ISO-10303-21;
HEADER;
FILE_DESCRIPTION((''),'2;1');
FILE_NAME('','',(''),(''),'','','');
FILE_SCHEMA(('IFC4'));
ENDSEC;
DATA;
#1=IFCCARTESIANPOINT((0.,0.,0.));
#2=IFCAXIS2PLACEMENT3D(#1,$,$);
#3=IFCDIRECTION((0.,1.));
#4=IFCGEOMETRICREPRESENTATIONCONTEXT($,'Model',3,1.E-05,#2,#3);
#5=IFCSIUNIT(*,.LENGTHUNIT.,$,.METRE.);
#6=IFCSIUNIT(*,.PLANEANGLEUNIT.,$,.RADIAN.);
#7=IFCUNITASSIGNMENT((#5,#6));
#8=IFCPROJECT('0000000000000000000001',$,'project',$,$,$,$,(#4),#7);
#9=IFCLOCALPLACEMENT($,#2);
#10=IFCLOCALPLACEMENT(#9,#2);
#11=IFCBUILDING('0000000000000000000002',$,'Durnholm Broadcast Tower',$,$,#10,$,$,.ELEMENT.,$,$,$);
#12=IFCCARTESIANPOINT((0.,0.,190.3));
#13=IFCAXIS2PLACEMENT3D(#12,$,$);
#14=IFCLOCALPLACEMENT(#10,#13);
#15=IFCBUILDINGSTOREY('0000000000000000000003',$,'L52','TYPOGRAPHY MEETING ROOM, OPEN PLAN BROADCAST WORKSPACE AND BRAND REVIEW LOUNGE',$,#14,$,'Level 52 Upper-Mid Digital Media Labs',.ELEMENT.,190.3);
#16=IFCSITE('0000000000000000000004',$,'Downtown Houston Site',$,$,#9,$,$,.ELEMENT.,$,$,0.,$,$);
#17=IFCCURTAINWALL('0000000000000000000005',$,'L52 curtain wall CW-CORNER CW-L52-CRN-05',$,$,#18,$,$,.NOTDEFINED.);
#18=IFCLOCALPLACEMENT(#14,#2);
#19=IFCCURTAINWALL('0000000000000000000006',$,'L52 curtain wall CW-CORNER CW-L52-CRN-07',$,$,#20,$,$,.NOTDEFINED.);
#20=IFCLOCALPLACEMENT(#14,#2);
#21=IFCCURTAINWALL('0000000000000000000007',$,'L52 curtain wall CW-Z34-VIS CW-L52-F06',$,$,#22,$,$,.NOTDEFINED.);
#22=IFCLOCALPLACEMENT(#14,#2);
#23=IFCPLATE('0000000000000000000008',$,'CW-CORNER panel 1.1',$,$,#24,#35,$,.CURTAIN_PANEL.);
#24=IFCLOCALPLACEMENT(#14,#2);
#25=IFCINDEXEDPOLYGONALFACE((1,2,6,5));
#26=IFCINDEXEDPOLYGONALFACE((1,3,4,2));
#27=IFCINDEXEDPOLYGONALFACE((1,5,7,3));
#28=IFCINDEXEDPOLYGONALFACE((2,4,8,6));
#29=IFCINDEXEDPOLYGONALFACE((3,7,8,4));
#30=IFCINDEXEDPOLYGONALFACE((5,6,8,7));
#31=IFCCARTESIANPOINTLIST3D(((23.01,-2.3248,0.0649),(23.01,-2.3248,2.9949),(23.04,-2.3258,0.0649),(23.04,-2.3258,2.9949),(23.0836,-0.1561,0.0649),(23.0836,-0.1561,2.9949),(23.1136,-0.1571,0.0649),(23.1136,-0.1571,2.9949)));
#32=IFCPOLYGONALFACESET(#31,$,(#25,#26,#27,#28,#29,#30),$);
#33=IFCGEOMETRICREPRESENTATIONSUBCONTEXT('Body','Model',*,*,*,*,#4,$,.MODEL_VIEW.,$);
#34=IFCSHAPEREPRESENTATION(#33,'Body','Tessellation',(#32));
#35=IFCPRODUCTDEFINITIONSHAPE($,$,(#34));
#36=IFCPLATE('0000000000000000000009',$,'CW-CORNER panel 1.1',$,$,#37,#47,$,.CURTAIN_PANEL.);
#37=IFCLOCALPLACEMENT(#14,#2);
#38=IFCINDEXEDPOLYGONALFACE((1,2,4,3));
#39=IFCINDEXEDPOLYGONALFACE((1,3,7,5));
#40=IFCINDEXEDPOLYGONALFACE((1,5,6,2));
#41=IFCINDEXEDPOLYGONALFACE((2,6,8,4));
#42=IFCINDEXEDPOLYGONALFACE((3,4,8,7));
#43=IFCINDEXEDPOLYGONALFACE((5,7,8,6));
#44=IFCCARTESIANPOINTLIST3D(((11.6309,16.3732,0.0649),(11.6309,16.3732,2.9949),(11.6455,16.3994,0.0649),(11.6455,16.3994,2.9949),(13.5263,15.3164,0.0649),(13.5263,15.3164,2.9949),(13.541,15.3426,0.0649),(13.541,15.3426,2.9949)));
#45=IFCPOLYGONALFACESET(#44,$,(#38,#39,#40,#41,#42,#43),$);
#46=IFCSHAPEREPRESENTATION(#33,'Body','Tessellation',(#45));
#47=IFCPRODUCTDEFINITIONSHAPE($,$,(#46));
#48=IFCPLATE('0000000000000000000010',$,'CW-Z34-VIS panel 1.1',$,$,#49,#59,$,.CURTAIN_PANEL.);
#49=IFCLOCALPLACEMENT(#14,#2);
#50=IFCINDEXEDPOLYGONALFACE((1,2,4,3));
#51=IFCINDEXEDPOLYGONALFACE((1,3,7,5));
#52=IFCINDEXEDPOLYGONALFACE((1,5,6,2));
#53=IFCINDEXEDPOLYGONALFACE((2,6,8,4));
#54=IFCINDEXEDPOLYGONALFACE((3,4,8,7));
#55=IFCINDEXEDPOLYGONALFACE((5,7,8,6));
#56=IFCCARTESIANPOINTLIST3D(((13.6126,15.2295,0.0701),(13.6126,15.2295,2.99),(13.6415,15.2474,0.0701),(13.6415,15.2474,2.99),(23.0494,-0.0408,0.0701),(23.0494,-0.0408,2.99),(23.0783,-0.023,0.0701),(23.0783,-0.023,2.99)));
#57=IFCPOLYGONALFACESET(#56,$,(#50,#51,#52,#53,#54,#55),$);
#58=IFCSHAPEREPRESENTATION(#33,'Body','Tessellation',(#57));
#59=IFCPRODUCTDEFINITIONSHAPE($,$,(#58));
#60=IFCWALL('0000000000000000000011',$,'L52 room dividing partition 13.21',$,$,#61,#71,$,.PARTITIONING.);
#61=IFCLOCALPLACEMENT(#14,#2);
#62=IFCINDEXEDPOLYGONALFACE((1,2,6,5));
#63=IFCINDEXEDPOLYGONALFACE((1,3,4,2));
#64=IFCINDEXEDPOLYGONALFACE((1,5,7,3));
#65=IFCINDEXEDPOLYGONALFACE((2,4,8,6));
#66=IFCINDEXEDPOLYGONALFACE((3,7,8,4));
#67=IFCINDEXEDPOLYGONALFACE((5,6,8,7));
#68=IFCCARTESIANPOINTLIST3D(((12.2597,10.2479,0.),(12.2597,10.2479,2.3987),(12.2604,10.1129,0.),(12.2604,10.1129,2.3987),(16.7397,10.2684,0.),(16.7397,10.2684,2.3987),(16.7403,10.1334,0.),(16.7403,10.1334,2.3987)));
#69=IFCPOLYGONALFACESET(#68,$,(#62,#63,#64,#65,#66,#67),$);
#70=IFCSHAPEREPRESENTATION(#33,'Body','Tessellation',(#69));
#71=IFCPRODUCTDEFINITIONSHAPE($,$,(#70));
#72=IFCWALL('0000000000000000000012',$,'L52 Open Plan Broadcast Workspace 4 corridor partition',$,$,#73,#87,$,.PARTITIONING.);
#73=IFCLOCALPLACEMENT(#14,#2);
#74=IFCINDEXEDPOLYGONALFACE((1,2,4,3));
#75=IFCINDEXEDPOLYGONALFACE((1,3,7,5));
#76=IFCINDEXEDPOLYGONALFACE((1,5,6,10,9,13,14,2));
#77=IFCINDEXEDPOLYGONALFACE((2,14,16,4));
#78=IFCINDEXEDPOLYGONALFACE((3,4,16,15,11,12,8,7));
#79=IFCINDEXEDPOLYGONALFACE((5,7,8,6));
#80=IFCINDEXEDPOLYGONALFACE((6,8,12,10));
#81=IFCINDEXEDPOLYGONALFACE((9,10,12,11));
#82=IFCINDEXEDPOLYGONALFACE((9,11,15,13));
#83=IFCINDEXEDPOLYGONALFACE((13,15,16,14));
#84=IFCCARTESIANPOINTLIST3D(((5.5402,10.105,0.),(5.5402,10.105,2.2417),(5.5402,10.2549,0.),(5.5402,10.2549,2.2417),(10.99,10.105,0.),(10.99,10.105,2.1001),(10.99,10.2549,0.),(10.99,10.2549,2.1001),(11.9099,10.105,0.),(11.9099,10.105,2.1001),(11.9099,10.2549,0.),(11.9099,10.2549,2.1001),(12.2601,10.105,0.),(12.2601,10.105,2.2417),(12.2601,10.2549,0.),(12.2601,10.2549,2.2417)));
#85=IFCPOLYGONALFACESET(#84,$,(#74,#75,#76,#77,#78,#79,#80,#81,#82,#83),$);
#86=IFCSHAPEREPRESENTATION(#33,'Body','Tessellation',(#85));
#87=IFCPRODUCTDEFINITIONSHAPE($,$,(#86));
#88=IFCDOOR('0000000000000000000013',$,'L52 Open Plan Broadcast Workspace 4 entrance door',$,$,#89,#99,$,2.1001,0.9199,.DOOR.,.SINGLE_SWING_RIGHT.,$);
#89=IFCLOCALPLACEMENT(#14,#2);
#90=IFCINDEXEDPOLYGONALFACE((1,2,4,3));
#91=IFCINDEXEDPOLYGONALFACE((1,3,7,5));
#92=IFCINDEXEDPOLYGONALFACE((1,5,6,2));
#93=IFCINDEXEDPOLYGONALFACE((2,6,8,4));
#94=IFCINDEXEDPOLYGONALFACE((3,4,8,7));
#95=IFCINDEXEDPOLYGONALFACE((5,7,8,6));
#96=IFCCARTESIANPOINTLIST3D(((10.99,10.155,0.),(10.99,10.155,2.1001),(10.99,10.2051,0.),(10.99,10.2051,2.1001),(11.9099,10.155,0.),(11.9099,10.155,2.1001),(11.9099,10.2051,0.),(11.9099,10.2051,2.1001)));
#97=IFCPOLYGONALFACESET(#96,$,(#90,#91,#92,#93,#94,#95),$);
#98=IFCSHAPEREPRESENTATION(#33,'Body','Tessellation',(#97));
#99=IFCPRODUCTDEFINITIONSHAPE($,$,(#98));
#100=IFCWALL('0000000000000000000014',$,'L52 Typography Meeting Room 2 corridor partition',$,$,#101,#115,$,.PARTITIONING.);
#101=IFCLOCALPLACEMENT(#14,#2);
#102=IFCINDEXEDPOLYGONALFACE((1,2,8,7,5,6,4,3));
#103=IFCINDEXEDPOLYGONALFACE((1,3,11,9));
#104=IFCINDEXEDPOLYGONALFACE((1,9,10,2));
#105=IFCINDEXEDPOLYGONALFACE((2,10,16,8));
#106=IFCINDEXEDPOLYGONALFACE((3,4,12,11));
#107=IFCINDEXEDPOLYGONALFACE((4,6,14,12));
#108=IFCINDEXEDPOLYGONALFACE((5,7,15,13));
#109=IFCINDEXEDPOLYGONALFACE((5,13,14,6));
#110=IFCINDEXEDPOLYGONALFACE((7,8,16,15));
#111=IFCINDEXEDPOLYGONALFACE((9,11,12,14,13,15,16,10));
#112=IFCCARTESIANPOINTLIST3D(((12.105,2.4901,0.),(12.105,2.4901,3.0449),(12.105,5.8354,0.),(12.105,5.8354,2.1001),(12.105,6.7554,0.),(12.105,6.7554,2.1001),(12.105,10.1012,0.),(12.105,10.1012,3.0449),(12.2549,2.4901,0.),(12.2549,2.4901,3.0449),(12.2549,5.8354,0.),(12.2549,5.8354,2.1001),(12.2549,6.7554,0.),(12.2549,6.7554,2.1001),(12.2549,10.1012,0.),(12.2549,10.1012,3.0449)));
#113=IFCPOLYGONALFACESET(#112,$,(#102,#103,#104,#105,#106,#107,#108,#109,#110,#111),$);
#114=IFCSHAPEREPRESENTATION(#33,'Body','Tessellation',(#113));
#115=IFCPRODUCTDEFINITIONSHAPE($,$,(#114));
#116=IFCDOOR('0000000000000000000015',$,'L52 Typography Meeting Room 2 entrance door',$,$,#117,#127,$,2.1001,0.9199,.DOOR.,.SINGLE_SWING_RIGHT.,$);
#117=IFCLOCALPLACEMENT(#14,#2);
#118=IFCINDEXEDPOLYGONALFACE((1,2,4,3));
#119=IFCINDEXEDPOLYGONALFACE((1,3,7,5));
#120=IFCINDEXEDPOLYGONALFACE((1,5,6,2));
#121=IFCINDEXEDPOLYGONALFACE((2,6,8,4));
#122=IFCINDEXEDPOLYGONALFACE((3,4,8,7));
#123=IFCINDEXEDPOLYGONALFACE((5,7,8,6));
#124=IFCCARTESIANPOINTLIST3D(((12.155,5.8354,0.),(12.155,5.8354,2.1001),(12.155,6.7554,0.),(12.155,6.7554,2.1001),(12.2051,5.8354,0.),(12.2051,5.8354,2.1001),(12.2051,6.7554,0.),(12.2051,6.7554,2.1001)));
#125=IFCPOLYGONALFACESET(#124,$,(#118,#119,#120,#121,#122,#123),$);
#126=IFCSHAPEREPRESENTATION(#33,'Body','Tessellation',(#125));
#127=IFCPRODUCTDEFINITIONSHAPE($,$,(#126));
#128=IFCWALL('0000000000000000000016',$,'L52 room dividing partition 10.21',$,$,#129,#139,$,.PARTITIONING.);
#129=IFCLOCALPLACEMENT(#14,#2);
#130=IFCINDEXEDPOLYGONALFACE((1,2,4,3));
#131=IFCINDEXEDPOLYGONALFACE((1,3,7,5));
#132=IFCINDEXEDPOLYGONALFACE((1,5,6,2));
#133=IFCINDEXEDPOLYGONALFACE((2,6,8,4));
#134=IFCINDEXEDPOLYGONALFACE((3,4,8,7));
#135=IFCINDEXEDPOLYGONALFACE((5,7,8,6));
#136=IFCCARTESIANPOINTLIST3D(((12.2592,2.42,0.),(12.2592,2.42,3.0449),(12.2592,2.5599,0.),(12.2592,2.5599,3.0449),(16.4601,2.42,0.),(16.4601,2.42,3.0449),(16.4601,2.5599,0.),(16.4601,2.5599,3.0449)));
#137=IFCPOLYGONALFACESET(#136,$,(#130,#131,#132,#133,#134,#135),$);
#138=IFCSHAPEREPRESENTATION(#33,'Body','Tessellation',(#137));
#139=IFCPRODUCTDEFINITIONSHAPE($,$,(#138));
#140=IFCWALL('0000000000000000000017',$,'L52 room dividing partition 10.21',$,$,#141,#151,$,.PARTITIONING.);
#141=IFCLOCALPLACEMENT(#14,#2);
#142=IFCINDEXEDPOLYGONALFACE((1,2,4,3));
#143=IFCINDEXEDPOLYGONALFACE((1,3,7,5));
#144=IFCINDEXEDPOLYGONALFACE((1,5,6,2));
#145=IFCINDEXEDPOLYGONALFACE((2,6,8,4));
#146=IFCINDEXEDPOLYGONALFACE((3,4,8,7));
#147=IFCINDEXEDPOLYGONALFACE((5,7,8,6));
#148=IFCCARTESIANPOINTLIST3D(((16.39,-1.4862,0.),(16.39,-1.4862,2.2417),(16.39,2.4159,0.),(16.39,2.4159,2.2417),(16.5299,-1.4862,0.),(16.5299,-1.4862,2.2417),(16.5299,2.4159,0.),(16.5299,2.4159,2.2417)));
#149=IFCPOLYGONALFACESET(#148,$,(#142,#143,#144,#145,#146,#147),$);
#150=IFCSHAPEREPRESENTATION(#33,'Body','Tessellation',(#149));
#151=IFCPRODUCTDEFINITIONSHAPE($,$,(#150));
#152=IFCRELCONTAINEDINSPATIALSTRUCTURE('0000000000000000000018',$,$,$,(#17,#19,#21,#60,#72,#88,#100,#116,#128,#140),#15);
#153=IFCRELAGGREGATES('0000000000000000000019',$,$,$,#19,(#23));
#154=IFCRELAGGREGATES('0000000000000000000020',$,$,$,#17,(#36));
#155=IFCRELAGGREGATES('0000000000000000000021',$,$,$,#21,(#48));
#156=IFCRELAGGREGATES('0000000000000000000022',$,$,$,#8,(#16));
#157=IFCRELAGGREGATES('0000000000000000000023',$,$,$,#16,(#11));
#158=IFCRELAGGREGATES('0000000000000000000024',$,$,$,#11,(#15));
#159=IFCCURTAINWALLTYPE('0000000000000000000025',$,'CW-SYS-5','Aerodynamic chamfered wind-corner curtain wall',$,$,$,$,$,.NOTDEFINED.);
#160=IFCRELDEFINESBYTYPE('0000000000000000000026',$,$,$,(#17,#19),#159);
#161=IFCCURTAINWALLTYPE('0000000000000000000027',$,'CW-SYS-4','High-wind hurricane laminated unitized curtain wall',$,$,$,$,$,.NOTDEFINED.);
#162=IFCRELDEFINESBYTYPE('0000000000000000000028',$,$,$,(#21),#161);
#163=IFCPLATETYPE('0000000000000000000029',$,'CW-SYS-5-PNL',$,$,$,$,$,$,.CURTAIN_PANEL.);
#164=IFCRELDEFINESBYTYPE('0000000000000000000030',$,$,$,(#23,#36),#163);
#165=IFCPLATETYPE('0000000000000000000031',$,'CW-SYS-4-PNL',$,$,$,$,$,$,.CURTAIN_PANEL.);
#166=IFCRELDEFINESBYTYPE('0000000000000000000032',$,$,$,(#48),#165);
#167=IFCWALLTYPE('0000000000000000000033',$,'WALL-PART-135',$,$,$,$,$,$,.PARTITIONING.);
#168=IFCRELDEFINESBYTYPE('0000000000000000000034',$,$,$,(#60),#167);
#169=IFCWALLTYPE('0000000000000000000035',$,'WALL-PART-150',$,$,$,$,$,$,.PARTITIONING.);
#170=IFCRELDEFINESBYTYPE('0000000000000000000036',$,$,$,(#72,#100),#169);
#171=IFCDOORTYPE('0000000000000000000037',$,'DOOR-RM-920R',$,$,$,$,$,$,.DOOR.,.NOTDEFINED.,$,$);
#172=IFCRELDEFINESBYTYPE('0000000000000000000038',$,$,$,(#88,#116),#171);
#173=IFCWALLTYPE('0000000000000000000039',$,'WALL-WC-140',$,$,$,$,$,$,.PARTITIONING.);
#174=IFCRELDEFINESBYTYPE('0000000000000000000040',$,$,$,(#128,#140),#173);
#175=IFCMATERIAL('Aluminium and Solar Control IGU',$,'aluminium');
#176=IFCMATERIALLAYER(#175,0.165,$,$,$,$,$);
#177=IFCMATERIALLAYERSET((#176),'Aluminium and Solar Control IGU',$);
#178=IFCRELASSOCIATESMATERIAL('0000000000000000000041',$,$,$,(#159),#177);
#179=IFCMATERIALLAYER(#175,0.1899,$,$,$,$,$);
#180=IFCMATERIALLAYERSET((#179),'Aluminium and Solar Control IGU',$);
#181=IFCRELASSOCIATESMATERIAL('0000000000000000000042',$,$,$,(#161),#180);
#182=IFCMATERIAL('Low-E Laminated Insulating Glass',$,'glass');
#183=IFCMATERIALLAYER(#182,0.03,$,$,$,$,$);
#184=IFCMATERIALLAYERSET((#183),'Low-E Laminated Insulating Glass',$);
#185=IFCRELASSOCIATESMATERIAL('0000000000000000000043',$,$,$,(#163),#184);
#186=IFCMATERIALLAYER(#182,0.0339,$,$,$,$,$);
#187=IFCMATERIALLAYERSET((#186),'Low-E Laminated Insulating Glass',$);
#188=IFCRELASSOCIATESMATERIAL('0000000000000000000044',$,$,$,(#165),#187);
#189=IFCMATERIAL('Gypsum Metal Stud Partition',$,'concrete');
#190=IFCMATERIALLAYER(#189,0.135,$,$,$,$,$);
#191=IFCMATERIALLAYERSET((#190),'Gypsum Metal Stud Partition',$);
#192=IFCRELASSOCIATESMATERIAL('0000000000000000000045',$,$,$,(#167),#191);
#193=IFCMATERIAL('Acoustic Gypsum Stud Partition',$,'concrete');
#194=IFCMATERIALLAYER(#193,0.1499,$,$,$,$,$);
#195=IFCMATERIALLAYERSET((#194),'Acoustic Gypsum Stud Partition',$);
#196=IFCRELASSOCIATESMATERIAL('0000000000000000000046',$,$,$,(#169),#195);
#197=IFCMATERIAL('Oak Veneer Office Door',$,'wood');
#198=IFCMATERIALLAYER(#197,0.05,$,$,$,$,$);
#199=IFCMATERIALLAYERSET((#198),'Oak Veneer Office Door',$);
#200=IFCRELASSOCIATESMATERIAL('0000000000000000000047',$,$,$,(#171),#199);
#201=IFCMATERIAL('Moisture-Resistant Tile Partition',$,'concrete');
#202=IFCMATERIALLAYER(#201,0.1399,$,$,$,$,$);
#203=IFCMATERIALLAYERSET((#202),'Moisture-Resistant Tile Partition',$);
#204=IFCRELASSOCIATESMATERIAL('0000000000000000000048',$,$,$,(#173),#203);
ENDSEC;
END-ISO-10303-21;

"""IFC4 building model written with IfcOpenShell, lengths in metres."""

from ifc_helpers import new_model, si_unit, direction, frame, frame_2d, origin, origin_2d, place, context, subcontext, project, spatial, rectangle, extrude, source, transform, mapped, material, layer, layer_set, type_object, type_shapes, element, fill, aggregate, save


model = new_model("IFC4")

# Units and contexts
model_context = context("Model", 3, precision=1e-05, world=origin(), true_north=direction((0.0, 1.0)))
body_context = subcontext(model_context, "Body", "Model", "MODEL_VIEW")
ifc_project = project(units=[si_unit("LENGTHUNIT", "METRE"), si_unit("PLANEANGLEUNIT", "RADIAN")], contexts=[model_context])

# Site, building, storey
site_placement = place(None, origin())
site = spatial("IfcSite", under=ifc_project, at=site_placement, Name="Downtown Houston Site", CompositionType="ELEMENT", RefElevation=0.0)
building_placement = place(site_placement, origin())
building = spatial("IfcBuilding", under=site, at=building_placement, Name="Durnholm Broadcast Tower", CompositionType="ELEMENT")
storey_placement = place(building_placement, frame((0.0, 0.0, 190.3)))
storey = spatial("IfcBuildingStorey", under=building, at=storey_placement, Name="L52", Description="TYPOGRAPHY MEETING ROOM, OPEN PLAN BROADCAST WORKSPACE AND BRAND REVIEW LOUNGE", LongName="Level 52 Upper-Mid Digital Media Labs", CompositionType="ELEMENT", Elevation=190.3)

# Curtain wall
ifc_material_1 = material(Name="Aluminium and Solar Control IGU", Category="aluminium")
ifc_layer_1 = layer(ifc_material_1, 0.165)
ifc_layer_set_1 = layer_set([ifc_layer_1], Name="Aluminium and Solar Control IGU")
curtain_wall_type_1 = type_object("IfcCurtainWallType", Name="CW-SYS-5", Description="Aerodynamic chamfered wind-corner curtain wall", PredefinedType="NOTDEFINED", material=ifc_layer_set_1)
curtain_wall_1_placement = place(storey_placement, origin())
curtain_wall_1 = element("IfcCurtainWall", 1, at=curtain_wall_1_placement, inside=storey, type_object=curtain_wall_type_1, Name="L52 curtain wall CW-CORNER CW-L52-CRN-05", PredefinedType="NOTDEFINED")

# Curtain wall
curtain_wall_2_placement = place(storey_placement, origin())
curtain_wall_2 = element("IfcCurtainWall", 2, at=curtain_wall_2_placement, inside=storey, type_object=curtain_wall_type_1, Name="L52 curtain wall CW-CORNER CW-L52-CRN-07", PredefinedType="NOTDEFINED")

# Curtain wall
ifc_layer_2 = layer(ifc_material_1, 0.1899)
ifc_layer_set_2 = layer_set([ifc_layer_2], Name="Aluminium and Solar Control IGU")
curtain_wall_type_2 = type_object("IfcCurtainWallType", Name="CW-SYS-4", Description="High-wind hurricane laminated unitized curtain wall", PredefinedType="NOTDEFINED", material=ifc_layer_set_2)
curtain_wall_3_placement = place(storey_placement, origin())
curtain_wall_3 = element("IfcCurtainWall", 3, at=curtain_wall_3_placement, inside=storey, type_object=curtain_wall_type_2, Name="L52 curtain wall CW-Z34-VIS CW-L52-F06", PredefinedType="NOTDEFINED")

# Plates
ifc_material_2 = material(Name="Low-E Laminated Insulating Glass", Category="glass")
ifc_layer_3 = layer(ifc_material_2, 0.03)
ifc_layer_set_3 = layer_set([ifc_layer_3], Name="Low-E Laminated Insulating Glass")
plate_type_1 = type_object("IfcPlateType", Name="CW-SYS-5-PNL", PredefinedType="CURTAIN_PANEL", material=ifc_layer_set_3)
shared_shape_1 = source(origin(), body_context, "Body", "SweptSolid", [
    extrude(rectangle(XDim=2.1699, YDim=0.03, at=origin_2d()), origin(), (0.0, 0.0, 1.0), 2.9299),
])
plate_1_placement = place(storey_placement, frame((23.0618, -1.241, 0.0649), z_axis=(0.0, 0.0, 1.0), x_axis=(-0.033913, -0.999425, 0.0)))
plate_1 = element("IfcPlate", 4, at=plate_1_placement, type_object=plate_type_1, Name="CW-CORNER panel 1.1", PredefinedType="CURTAIN_PANEL", context=body_context, shape_type="MappedRepresentation", body=[
    mapped(shared_shape_1, transform((0.0, 0.0, 0.0), x_axis=(1.0, 0.0, 0.0), y_axis=(0.0, 1.0, 0.0), z_axis=(0.0, 0.0, 1.0), scale=1.0)),
])
aggregate(curtain_wall_2, [plate_1])
shared_shape_2 = source(origin(), body_context, "Body", "SweptSolid", [
    extrude(rectangle(XDim=2.1702, YDim=0.03, at=origin_2d()), origin(), (0.0, 0.0, 1.0), 2.9299),
])
type_shapes(plate_type_1, [shared_shape_1, shared_shape_2])
plate_2_placement = place(storey_placement, frame((12.5859, 15.8579, 0.0649), z_axis=(0.0, 0.0, 1.0), x_axis=(0.87341, -0.486986, 0.0)))
plate_2 = element("IfcPlate", 5, at=plate_2_placement, type_object=plate_type_1, Name="CW-CORNER panel 1.1", PredefinedType="CURTAIN_PANEL", context=body_context, shape_type="MappedRepresentation", body=[
    mapped(shared_shape_2, transform((0.0, 0.0, 0.0), x_axis=(1.0, 0.0, 0.0), y_axis=(0.0, 1.0, 0.0), z_axis=(0.0, 0.0, 1.0), scale=1.0)),
])
aggregate(curtain_wall_1, [plate_2])
ifc_layer_4 = layer(ifc_material_2, 0.0339)
ifc_layer_set_4 = layer_set([ifc_layer_4], Name="Low-E Laminated Insulating Glass")
plate_type_2 = type_object("IfcPlateType", Name="CW-SYS-4-PNL", PredefinedType="CURTAIN_PANEL", material=ifc_layer_set_4)
shared_shape_3 = source(origin(), body_context, "Body", "SweptSolid", [
    extrude(rectangle(XDim=17.9509, YDim=0.0339, at=origin_2d()), origin(), (0.0, 0.0, 1.0), 2.9199),
])
type_shapes(plate_type_2, [shared_shape_3])
plate_3_placement = place(storey_placement, frame((18.3455, 7.6033, 0.0701), z_axis=(0.0, 0.0, 1.0), x_axis=(0.525698, -0.850671, 0.0)))
plate_3 = element("IfcPlate", 6, at=plate_3_placement, type_object=plate_type_2, Name="CW-Z34-VIS panel 1.1", PredefinedType="CURTAIN_PANEL", context=body_context, shape_type="MappedRepresentation", body=[
    mapped(shared_shape_3, transform((0.0, 0.0, 0.0), x_axis=(1.0, 0.0, 0.0), y_axis=(0.0, 1.0, 0.0), z_axis=(0.0, 0.0, 1.0), scale=1.0)),
])
aggregate(curtain_wall_3, [plate_3])

# Wall
ifc_material_3 = material(Name="Gypsum Metal Stud Partition", Category="concrete")
ifc_layer_5 = layer(ifc_material_3, 0.135)
ifc_layer_set_5 = layer_set([ifc_layer_5], Name="Gypsum Metal Stud Partition")
wall_type_1 = type_object("IfcWallType", Name="WALL-PART-135", PredefinedType="PARTITIONING", material=ifc_layer_set_5)
wall_1_placement = place(storey_placement, frame((16.74, 10.2009, 0.0), z_axis=(0.0, 0.0, 1.0), x_axis=(-0.99999, -0.004578, 0.0)))
element("IfcWall", 7, at=wall_1_placement, inside=storey, type_object=wall_type_1, Name="L52 room dividing partition 13.21", PredefinedType="PARTITIONING", context=body_context, shape_type="SweptSolid", body=[
    extrude(rectangle(XDim=4.48, YDim=0.135, at=frame_2d((2.24, 0.0))), origin(), (0.0, 0.0, 1.0), 2.3987),
])

# Walls, openings, doors
ifc_material_4 = material(Name="Acoustic Gypsum Stud Partition", Category="concrete")
ifc_layer_6 = layer(ifc_material_4, 0.1499)
ifc_layer_set_6 = layer_set([ifc_layer_6], Name="Acoustic Gypsum Stud Partition")
wall_type_2 = type_object("IfcWallType", Name="WALL-PART-150", PredefinedType="PARTITIONING", material=ifc_layer_set_6)
wall_2_placement = place(storey_placement, frame((12.26, 10.1799, 0.0), z_axis=(0.0, 0.0, 1.0), x_axis=(-1.0, 0.0, 0.0)))
wall_2 = element("IfcWall", 8, at=wall_2_placement, inside=storey, type_object=wall_type_2, Name="L52 Open Plan Broadcast Workspace 4 corridor partition", PredefinedType="PARTITIONING", context=body_context, shape_type="SweptSolid", body=[
    extrude(rectangle(XDim=6.72, YDim=0.1499, at=frame_2d((3.3599, 0.0))), origin(), (0.0, 0.0, 1.0), 2.2417),
])
opening_1_placement = place(wall_2_placement, frame((0.3501, 0.0, 0.0)))
opening_1 = element("IfcOpeningElement", 9, at=opening_1_placement, cuts=wall_2, PredefinedType="OPENING", context=body_context, shape_type="SweptSolid", body=[
    extrude(rectangle(XDim=0.9199, YDim=2.1001, at=frame_2d((0.46, 1.05))), frame((0.0, 0.085, 0.0), z_axis=(0.0, -1.0, 0.0), x_axis=(1.0, 0.0, 0.0)), (0.0, 0.0, 1.0), 0.1699),
])
ifc_material_5 = material(Name="Oak Veneer Office Door", Category="wood")
ifc_layer_7 = layer(ifc_material_5, 0.05)
ifc_layer_set_7 = layer_set([ifc_layer_7], Name="Oak Veneer Office Door")
door_type = type_object("IfcDoorType", Name="DOOR-RM-920R", OperationType="NOTDEFINED", PredefinedType="DOOR", material=ifc_layer_set_7)
shared_shape_4 = source(origin(), body_context, "Body", "SweptSolid", [
    extrude(rectangle(XDim=0.9199, YDim=2.1001, at=frame_2d((0.46, 1.05))), frame((0.0, 0.0249, 0.0), z_axis=(0.0, -1.0, 0.0), x_axis=(1.0, 0.0, 0.0)), (0.0, 0.0, 1.0), 0.05),
])
type_shapes(door_type, [shared_shape_4])
door_1_placement = place(opening_1_placement, origin())
door_1 = element("IfcDoor", 10, at=door_1_placement, inside=storey, type_object=door_type, Name="L52 Open Plan Broadcast Workspace 4 entrance door", OperationType="SINGLE_SWING_RIGHT", OverallHeight=2.1001, OverallWidth=0.9199, PredefinedType="DOOR", context=body_context, shape_type="MappedRepresentation", body=[
    mapped(shared_shape_4, transform((0.0, 0.0, 0.0), x_axis=(1.0, 0.0, 0.0), y_axis=(0.0, 1.0, 0.0), z_axis=(0.0, 0.0, 1.0), scale=1.0)),
])
fill(opening_1, door_1)
wall_3_placement = place(storey_placement, frame((12.1799, 2.49, 0.0), z_axis=(0.0, 0.0, 1.0), x_axis=(0.0, 1.0, 0.0)))
wall_3 = element("IfcWall", 11, at=wall_3_placement, inside=storey, type_object=wall_type_2, Name="L52 Typography Meeting Room 2 corridor partition", PredefinedType="PARTITIONING", context=body_context, shape_type="SweptSolid", body=[
    extrude(rectangle(XDim=7.6111, YDim=0.1499, at=frame_2d((3.8057, 0.0))), origin(), (0.0, 0.0, 1.0), 3.0449),
])
opening_2_placement = place(wall_3_placement, frame((3.3455, 0.0, 0.0)))
opening_2 = element("IfcOpeningElement", 12, at=opening_2_placement, cuts=wall_3, PredefinedType="OPENING", context=body_context, shape_type="SweptSolid", body=[
    extrude(rectangle(XDim=0.9199, YDim=2.1001, at=frame_2d((0.46, 1.05))), frame((0.0, 0.085, 0.0), z_axis=(0.0, -1.0, 0.0), x_axis=(1.0, 0.0, 0.0)), (0.0, 0.0, 1.0), 0.1699),
])
door_2_placement = place(opening_2_placement, origin())
door_2 = element("IfcDoor", 13, at=door_2_placement, inside=storey, type_object=door_type, Name="L52 Typography Meeting Room 2 entrance door", OperationType="SINGLE_SWING_RIGHT", OverallHeight=2.1001, OverallWidth=0.9199, PredefinedType="DOOR", context=body_context, shape_type="MappedRepresentation", body=[
    mapped(shared_shape_4, transform((0.0, 0.0, 0.0), x_axis=(1.0, 0.0, 0.0), y_axis=(0.0, 1.0, 0.0), z_axis=(0.0, 0.0, 1.0), scale=1.0)),
])
fill(opening_2, door_2)

# Walls
ifc_material_6 = material(Name="Moisture-Resistant Tile Partition", Category="concrete")
ifc_layer_8 = layer(ifc_material_6, 0.1399)
ifc_layer_set_8 = layer_set([ifc_layer_8], Name="Moisture-Resistant Tile Partition")
wall_type_3 = type_object("IfcWallType", Name="WALL-WC-140", PredefinedType="PARTITIONING", material=ifc_layer_set_8)
wall_4_placement = place(storey_placement, frame((12.259, 2.49, 0.0), z_axis=(0.0, 0.0, 1.0), x_axis=(1.0, 0.0, 0.0)))
element("IfcWall", 14, at=wall_4_placement, inside=storey, type_object=wall_type_3, Name="L52 room dividing partition 10.21", PredefinedType="PARTITIONING", context=body_context, shape_type="SweptSolid", body=[
    extrude(rectangle(XDim=4.2009, YDim=0.1399, at=frame_2d((2.1006, 0.0))), origin(), (0.0, 0.0, 1.0), 3.0449),
])
wall_5_placement = place(storey_placement, frame((16.46, 2.416, 0.0), z_axis=(0.0, 0.0, 1.0), x_axis=(0.0, -1.0, 0.0)))
element("IfcWall", 15, at=wall_5_placement, inside=storey, type_object=wall_type_3, Name="L52 room dividing partition 10.21", PredefinedType="PARTITIONING", context=body_context, shape_type="SweptSolid", body=[
    extrude(rectangle(XDim=3.9021, YDim=0.1399, at=frame_2d((1.9512, 0.0))), origin(), (0.0, 0.0, 1.0), 2.2417),
])

save(model, "model.ifc")
